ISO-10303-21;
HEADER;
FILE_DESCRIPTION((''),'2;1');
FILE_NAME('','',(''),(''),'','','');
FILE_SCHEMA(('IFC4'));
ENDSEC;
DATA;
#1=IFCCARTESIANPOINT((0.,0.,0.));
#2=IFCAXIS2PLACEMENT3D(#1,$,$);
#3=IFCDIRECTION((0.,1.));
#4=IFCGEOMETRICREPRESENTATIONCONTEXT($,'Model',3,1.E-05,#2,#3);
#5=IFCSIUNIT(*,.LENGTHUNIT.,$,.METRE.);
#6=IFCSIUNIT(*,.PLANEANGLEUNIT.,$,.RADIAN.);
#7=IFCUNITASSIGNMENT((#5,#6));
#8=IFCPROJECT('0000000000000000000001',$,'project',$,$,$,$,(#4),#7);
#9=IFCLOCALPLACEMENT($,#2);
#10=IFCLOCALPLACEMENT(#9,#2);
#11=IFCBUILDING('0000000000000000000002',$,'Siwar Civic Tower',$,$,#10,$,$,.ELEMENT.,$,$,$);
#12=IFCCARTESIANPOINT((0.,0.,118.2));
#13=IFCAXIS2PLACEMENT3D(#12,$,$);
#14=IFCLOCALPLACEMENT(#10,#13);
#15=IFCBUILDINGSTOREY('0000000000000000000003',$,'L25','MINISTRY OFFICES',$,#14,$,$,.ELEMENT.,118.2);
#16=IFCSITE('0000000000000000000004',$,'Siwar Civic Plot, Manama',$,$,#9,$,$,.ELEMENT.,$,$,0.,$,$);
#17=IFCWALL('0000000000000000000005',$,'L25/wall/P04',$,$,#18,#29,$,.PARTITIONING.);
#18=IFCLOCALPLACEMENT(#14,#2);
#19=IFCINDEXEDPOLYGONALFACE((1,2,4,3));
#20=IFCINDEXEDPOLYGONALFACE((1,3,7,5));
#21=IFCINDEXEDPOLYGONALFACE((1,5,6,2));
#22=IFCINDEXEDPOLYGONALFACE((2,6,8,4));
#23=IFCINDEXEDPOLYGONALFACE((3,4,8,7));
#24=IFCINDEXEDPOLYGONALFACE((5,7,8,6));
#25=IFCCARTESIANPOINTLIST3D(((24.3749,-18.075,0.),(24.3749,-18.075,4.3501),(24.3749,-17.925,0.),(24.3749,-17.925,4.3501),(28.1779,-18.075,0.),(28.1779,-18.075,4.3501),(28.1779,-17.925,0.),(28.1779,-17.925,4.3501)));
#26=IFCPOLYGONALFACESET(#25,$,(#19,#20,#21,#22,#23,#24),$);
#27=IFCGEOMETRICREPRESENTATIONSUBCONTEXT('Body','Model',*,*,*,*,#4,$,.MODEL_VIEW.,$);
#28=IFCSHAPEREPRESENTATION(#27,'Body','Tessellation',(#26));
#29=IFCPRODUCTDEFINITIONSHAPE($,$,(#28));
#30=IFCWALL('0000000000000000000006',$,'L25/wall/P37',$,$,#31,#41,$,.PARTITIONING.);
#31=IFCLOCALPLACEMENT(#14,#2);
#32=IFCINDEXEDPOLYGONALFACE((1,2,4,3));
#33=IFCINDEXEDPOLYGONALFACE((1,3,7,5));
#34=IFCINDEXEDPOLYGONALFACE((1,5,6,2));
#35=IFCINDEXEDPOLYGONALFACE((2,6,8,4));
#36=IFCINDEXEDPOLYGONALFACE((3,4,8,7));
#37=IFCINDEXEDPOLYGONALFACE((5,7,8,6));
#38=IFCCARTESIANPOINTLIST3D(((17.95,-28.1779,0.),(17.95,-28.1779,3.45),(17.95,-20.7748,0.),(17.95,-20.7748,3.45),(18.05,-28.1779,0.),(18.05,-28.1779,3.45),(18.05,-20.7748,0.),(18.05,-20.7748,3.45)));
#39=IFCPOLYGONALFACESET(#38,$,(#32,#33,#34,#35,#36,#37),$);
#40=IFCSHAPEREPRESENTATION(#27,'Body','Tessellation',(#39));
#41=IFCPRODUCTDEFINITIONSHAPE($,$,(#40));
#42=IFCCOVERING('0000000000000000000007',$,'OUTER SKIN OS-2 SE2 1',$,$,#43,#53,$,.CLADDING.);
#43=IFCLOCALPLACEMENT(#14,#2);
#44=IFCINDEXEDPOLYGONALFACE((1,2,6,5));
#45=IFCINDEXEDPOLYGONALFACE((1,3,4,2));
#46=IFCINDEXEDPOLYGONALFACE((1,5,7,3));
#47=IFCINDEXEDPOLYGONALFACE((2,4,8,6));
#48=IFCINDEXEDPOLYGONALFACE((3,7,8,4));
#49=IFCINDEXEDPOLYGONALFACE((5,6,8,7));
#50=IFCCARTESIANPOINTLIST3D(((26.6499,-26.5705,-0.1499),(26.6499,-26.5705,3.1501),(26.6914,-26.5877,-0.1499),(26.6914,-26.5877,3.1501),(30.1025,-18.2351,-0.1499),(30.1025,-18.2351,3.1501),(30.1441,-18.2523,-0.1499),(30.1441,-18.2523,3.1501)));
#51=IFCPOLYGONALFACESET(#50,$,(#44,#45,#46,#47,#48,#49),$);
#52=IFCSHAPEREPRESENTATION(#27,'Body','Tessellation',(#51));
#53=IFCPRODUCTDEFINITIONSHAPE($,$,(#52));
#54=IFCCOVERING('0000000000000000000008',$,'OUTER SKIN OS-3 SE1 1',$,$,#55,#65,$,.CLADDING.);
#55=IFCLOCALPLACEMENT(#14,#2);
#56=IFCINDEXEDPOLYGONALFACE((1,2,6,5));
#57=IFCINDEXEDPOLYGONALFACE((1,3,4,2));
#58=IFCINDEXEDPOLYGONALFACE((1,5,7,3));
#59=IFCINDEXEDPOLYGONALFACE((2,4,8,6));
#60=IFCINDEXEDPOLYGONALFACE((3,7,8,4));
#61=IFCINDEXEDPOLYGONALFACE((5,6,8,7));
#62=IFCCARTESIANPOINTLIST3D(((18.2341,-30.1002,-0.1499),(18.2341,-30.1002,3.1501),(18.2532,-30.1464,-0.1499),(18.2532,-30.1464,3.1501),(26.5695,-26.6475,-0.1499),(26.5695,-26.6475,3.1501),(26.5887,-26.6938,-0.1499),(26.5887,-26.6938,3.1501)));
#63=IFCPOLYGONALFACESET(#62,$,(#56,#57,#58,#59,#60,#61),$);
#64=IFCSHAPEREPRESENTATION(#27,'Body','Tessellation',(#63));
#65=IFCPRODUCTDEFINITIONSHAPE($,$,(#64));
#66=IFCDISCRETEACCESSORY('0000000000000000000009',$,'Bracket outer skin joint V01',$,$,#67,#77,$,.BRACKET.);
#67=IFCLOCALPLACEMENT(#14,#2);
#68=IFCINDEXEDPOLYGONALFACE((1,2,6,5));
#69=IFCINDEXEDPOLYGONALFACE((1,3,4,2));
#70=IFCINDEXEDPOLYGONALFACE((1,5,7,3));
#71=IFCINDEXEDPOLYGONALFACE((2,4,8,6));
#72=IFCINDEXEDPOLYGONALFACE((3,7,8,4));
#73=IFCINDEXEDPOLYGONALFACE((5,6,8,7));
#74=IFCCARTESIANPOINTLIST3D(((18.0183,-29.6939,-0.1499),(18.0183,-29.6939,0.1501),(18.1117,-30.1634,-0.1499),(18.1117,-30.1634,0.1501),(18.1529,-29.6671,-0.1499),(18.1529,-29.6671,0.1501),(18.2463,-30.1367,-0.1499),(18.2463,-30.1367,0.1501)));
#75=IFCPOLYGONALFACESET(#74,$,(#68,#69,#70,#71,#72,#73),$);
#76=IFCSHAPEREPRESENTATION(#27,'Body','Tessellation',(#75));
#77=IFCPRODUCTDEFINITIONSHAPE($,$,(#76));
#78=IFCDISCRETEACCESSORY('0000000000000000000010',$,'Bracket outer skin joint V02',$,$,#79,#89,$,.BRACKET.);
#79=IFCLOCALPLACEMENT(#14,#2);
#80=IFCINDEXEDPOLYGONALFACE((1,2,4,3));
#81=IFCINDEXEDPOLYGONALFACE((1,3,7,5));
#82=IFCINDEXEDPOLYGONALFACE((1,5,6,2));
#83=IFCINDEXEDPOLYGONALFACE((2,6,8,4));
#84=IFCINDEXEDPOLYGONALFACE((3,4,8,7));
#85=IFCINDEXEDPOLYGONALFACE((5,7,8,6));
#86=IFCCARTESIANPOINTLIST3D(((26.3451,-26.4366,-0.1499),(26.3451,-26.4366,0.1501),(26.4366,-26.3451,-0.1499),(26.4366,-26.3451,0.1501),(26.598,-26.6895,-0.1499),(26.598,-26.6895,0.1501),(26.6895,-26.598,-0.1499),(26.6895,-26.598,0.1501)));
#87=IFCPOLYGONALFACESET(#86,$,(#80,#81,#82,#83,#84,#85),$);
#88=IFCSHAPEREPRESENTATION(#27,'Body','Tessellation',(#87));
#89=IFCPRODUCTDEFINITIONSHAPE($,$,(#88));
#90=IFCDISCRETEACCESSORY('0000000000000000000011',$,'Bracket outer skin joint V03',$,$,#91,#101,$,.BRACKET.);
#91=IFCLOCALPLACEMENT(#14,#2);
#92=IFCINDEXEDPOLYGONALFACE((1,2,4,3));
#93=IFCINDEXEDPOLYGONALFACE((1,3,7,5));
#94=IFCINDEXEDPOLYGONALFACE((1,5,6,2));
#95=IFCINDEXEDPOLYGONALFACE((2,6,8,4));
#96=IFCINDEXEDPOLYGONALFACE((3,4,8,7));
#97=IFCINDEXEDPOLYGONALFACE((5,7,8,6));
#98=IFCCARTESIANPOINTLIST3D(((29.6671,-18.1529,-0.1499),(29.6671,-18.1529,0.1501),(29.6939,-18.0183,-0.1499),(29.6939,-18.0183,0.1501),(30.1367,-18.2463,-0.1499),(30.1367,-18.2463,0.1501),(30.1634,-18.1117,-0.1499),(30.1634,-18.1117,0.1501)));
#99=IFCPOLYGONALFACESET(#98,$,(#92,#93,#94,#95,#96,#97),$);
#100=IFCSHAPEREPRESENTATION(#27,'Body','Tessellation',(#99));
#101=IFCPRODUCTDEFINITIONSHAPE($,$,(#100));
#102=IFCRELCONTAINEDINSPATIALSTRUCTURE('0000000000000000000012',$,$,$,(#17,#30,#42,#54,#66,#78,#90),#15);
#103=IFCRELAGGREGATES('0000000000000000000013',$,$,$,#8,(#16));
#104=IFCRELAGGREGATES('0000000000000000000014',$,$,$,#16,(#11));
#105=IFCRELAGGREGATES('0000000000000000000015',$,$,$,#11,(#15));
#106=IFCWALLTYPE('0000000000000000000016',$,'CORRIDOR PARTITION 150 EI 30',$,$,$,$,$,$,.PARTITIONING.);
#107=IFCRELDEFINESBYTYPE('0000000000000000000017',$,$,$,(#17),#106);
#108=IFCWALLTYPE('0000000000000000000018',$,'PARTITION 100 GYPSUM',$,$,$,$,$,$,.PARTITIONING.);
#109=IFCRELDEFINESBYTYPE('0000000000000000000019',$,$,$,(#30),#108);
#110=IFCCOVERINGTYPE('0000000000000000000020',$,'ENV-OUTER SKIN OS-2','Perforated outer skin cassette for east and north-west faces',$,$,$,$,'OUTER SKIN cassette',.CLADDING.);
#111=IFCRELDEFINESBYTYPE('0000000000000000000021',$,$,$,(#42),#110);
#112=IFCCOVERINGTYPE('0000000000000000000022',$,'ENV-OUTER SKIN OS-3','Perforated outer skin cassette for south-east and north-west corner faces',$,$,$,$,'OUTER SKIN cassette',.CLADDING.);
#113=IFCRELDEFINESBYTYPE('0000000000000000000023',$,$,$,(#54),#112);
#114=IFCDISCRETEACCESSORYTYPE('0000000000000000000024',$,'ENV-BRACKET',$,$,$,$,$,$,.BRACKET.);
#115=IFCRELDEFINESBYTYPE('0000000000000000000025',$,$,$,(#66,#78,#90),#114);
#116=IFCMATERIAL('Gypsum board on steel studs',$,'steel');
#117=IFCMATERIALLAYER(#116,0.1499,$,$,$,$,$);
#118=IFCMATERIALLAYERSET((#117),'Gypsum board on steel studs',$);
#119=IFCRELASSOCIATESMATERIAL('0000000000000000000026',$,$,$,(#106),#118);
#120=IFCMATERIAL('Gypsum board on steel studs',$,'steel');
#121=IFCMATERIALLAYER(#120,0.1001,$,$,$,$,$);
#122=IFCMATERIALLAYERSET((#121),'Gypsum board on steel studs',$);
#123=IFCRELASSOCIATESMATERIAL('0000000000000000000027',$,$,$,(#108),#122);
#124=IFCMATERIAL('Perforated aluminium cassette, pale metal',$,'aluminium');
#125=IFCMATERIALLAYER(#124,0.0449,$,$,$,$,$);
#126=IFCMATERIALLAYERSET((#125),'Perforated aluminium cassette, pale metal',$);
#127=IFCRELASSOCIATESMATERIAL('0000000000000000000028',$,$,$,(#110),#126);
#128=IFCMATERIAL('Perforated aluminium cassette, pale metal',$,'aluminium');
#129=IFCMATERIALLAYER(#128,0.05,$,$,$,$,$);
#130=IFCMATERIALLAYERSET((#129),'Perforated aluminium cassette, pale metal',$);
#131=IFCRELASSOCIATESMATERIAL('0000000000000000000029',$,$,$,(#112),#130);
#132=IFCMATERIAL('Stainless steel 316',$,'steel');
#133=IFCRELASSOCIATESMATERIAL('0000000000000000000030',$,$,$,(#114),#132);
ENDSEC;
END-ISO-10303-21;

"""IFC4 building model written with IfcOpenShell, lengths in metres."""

from ifc_helpers import new_model, si_unit, direction, frame, frame_2d, origin, origin_2d, place, context, subcontext, project, spatial, rectangle, extrude, material, layer, layer_set, type_object, element, save


model = new_model("IFC4")

# Units and contexts
model_context = context("Model", 3, precision=1e-05, world=origin(), true_north=direction((0.0, 1.0)))
body_context = subcontext(model_context, "Body", "Model", "MODEL_VIEW")
ifc_project = project(units=[si_unit("LENGTHUNIT", "METRE"), si_unit("PLANEANGLEUNIT", "RADIAN")], contexts=[model_context])

# Site, building, storey
site_placement = place(None, origin())
site = spatial("IfcSite", under=ifc_project, at=site_placement, Name="Siwar Civic Plot, Manama", CompositionType="ELEMENT", RefElevation=0.0)
building_placement = place(site_placement, origin())
building = spatial("IfcBuilding", under=site, at=building_placement, Name="Siwar Civic Tower", CompositionType="ELEMENT")
storey_placement = place(building_placement, frame((0.0, 0.0, 118.2)))
storey = spatial("IfcBuildingStorey", under=building, at=storey_placement, Name="L25", Description="MINISTRY OFFICES", CompositionType="ELEMENT", Elevation=118.2)

# Walls
ifc_material_1 = material(Name="Gypsum board on steel studs", Category="steel")
ifc_layer_1 = layer(ifc_material_1, 0.1499)
ifc_layer_set_1 = layer_set([ifc_layer_1], Name="Gypsum board on steel studs")
wall_type_1 = type_object("IfcWallType", Name="CORRIDOR PARTITION 150 EI 30", PredefinedType="PARTITIONING", material=ifc_layer_set_1)
wall_1_placement = place(storey_placement, frame((24.375, -18.0, 0.0), z_axis=(0.0, 0.0, 1.0), x_axis=(1.0, 0.0, 0.0)))
element("IfcWall", 1, at=wall_1_placement, inside=storey, type_object=wall_type_1, Name="L25/wall/P04", PredefinedType="PARTITIONING", context=body_context, shape_type="SweptSolid", body=[
    extrude(rectangle(XDim=3.803, YDim=0.1499, at=frame_2d((1.9014, 0.0))), origin(), (0.0, 0.0, 1.0), 4.3501),
])
ifc_material_2 = material(Name="Gypsum board on steel studs", Category="steel")
ifc_layer_2 = layer(ifc_material_2, 0.1001)
ifc_layer_set_2 = layer_set([ifc_layer_2], Name="Gypsum board on steel studs")
wall_type_2 = type_object("IfcWallType", Name="PARTITION 100 GYPSUM", PredefinedType="PARTITIONING", material=ifc_layer_set_2)
wall_2_placement = place(storey_placement, frame((18.0, -28.178, 0.0), z_axis=(0.0, 0.0, 1.0), x_axis=(0.0, 1.0, 0.0)))
element("IfcWall", 2, at=wall_2_placement, inside=storey, type_object=wall_type_2, Name="L25/wall/P37", PredefinedType="PARTITIONING", context=body_context, shape_type="SweptSolid", body=[
    extrude(rectangle(XDim=7.4031, YDim=0.1001, at=frame_2d((3.7017, 0.0))), origin(), (0.0, 0.0, 1.0), 3.45),
])

# Coverings
ifc_material_3 = material(Name="Perforated aluminium cassette, pale metal", Category="aluminium")
ifc_layer_3 = layer(ifc_material_3, 0.0449)
ifc_layer_set_3 = layer_set([ifc_layer_3], Name="Perforated aluminium cassette, pale metal")
covering_type_1 = type_object("IfcCoveringType", Name="ENV-OUTER SKIN OS-2", Description="Perforated outer skin cassette for east and north-west faces", ElementType="OUTER SKIN cassette", PredefinedType="CLADDING", material=ifc_layer_set_3)
covering_1_placement = place(storey_placement, frame((28.397, -22.4114, -0.1499), z_axis=(0.0, 0.0, 1.0), x_axis=(0.382683, 0.92388, 0.0)))
element("IfcCovering", 3, at=covering_1_placement, inside=storey, type_object=covering_type_1, Name="OUTER SKIN OS-2 SE2 1", PredefinedType="CLADDING", context=body_context, shape_type="SweptSolid", body=[
    extrude(rectangle(XDim=9.0222, YDim=0.0449, at=origin_2d()), origin(), (0.0, 0.0, 1.0), 3.3),
])
ifc_material_4 = material(Name="Perforated aluminium cassette, pale metal", Category="aluminium")
ifc_layer_4 = layer(ifc_material_4, 0.05)
ifc_layer_set_4 = layer_set([ifc_layer_4], Name="Perforated aluminium cassette, pale metal")
covering_type_2 = type_object("IfcCoveringType", Name="ENV-OUTER SKIN OS-3", Description="Perforated outer skin cassette for south-east and north-west corner faces", ElementType="OUTER SKIN cassette", PredefinedType="CLADDING", material=ifc_layer_set_4)
covering_2_placement = place(storey_placement, frame((22.4114, -28.397, -0.1499), z_axis=(0.0, 0.0, 1.0), x_axis=(0.92388, 0.382683, 0.0)))
element("IfcCovering", 4, at=covering_2_placement, inside=storey, type_object=covering_type_2, Name="OUTER SKIN OS-3 SE1 1", PredefinedType="CLADDING", context=body_context, shape_type="SweptSolid", body=[
    extrude(rectangle(XDim=9.0222, YDim=0.05, at=origin_2d()), origin(), (0.0, 0.0, 1.0), 3.3),
])

# Discrete accessories
ifc_material_5 = material(Name="Stainless steel 316", Category="steel")
discrete_accessory_type = type_object("IfcDiscreteAccessoryType", Name="ENV-BRACKET", PredefinedType="BRACKET", material=ifc_material_5)
discrete_accessory_1_placement = place(storey_placement, frame((18.1323, -29.9153, -0.1499), z_axis=(0.0, 0.0, 1.0), x_axis=(0.19509, -0.980785, 0.0)))
element("IfcDiscreteAccessory", 5, at=discrete_accessory_1_placement, inside=storey, type_object=discrete_accessory_type, Name="Bracket outer skin joint V01", PredefinedType="BRACKET", context=body_context, shape_type="SweptSolid", body=[
    extrude(rectangle(XDim=0.4788, YDim=0.1372, at=origin_2d()), origin(), (0.0, 0.0, 1.0), 0.3),
])
discrete_accessory_2_placement = place(storey_placement, frame((26.5173, -26.5173, -0.1499), z_axis=(0.0, 0.0, 1.0), x_axis=(0.707107, -0.707107, 0.0)))
element("IfcDiscreteAccessory", 6, at=discrete_accessory_2_placement, inside=storey, type_object=discrete_accessory_type, Name="Bracket outer skin joint V02", PredefinedType="BRACKET", context=body_context, shape_type="SweptSolid", body=[
    extrude(rectangle(XDim=0.3577, YDim=0.1294, at=origin_2d()), origin(), (0.0, 0.0, 1.0), 0.3),
])
discrete_accessory_3_placement = place(storey_placement, frame((29.9153, -18.1323, -0.1499), z_axis=(0.0, 0.0, 1.0), x_axis=(0.980785, -0.19509, 0.0)))
element("IfcDiscreteAccessory", 7, at=discrete_accessory_3_placement, inside=storey, type_object=discrete_accessory_type, Name="Bracket outer skin joint V03", PredefinedType="BRACKET", context=body_context, shape_type="SweptSolid", body=[
    extrude(rectangle(XDim=0.4788, YDim=0.1372, at=origin_2d()), origin(), (0.0, 0.0, 1.0), 0.3),
])

save(model, "model.ifc")
